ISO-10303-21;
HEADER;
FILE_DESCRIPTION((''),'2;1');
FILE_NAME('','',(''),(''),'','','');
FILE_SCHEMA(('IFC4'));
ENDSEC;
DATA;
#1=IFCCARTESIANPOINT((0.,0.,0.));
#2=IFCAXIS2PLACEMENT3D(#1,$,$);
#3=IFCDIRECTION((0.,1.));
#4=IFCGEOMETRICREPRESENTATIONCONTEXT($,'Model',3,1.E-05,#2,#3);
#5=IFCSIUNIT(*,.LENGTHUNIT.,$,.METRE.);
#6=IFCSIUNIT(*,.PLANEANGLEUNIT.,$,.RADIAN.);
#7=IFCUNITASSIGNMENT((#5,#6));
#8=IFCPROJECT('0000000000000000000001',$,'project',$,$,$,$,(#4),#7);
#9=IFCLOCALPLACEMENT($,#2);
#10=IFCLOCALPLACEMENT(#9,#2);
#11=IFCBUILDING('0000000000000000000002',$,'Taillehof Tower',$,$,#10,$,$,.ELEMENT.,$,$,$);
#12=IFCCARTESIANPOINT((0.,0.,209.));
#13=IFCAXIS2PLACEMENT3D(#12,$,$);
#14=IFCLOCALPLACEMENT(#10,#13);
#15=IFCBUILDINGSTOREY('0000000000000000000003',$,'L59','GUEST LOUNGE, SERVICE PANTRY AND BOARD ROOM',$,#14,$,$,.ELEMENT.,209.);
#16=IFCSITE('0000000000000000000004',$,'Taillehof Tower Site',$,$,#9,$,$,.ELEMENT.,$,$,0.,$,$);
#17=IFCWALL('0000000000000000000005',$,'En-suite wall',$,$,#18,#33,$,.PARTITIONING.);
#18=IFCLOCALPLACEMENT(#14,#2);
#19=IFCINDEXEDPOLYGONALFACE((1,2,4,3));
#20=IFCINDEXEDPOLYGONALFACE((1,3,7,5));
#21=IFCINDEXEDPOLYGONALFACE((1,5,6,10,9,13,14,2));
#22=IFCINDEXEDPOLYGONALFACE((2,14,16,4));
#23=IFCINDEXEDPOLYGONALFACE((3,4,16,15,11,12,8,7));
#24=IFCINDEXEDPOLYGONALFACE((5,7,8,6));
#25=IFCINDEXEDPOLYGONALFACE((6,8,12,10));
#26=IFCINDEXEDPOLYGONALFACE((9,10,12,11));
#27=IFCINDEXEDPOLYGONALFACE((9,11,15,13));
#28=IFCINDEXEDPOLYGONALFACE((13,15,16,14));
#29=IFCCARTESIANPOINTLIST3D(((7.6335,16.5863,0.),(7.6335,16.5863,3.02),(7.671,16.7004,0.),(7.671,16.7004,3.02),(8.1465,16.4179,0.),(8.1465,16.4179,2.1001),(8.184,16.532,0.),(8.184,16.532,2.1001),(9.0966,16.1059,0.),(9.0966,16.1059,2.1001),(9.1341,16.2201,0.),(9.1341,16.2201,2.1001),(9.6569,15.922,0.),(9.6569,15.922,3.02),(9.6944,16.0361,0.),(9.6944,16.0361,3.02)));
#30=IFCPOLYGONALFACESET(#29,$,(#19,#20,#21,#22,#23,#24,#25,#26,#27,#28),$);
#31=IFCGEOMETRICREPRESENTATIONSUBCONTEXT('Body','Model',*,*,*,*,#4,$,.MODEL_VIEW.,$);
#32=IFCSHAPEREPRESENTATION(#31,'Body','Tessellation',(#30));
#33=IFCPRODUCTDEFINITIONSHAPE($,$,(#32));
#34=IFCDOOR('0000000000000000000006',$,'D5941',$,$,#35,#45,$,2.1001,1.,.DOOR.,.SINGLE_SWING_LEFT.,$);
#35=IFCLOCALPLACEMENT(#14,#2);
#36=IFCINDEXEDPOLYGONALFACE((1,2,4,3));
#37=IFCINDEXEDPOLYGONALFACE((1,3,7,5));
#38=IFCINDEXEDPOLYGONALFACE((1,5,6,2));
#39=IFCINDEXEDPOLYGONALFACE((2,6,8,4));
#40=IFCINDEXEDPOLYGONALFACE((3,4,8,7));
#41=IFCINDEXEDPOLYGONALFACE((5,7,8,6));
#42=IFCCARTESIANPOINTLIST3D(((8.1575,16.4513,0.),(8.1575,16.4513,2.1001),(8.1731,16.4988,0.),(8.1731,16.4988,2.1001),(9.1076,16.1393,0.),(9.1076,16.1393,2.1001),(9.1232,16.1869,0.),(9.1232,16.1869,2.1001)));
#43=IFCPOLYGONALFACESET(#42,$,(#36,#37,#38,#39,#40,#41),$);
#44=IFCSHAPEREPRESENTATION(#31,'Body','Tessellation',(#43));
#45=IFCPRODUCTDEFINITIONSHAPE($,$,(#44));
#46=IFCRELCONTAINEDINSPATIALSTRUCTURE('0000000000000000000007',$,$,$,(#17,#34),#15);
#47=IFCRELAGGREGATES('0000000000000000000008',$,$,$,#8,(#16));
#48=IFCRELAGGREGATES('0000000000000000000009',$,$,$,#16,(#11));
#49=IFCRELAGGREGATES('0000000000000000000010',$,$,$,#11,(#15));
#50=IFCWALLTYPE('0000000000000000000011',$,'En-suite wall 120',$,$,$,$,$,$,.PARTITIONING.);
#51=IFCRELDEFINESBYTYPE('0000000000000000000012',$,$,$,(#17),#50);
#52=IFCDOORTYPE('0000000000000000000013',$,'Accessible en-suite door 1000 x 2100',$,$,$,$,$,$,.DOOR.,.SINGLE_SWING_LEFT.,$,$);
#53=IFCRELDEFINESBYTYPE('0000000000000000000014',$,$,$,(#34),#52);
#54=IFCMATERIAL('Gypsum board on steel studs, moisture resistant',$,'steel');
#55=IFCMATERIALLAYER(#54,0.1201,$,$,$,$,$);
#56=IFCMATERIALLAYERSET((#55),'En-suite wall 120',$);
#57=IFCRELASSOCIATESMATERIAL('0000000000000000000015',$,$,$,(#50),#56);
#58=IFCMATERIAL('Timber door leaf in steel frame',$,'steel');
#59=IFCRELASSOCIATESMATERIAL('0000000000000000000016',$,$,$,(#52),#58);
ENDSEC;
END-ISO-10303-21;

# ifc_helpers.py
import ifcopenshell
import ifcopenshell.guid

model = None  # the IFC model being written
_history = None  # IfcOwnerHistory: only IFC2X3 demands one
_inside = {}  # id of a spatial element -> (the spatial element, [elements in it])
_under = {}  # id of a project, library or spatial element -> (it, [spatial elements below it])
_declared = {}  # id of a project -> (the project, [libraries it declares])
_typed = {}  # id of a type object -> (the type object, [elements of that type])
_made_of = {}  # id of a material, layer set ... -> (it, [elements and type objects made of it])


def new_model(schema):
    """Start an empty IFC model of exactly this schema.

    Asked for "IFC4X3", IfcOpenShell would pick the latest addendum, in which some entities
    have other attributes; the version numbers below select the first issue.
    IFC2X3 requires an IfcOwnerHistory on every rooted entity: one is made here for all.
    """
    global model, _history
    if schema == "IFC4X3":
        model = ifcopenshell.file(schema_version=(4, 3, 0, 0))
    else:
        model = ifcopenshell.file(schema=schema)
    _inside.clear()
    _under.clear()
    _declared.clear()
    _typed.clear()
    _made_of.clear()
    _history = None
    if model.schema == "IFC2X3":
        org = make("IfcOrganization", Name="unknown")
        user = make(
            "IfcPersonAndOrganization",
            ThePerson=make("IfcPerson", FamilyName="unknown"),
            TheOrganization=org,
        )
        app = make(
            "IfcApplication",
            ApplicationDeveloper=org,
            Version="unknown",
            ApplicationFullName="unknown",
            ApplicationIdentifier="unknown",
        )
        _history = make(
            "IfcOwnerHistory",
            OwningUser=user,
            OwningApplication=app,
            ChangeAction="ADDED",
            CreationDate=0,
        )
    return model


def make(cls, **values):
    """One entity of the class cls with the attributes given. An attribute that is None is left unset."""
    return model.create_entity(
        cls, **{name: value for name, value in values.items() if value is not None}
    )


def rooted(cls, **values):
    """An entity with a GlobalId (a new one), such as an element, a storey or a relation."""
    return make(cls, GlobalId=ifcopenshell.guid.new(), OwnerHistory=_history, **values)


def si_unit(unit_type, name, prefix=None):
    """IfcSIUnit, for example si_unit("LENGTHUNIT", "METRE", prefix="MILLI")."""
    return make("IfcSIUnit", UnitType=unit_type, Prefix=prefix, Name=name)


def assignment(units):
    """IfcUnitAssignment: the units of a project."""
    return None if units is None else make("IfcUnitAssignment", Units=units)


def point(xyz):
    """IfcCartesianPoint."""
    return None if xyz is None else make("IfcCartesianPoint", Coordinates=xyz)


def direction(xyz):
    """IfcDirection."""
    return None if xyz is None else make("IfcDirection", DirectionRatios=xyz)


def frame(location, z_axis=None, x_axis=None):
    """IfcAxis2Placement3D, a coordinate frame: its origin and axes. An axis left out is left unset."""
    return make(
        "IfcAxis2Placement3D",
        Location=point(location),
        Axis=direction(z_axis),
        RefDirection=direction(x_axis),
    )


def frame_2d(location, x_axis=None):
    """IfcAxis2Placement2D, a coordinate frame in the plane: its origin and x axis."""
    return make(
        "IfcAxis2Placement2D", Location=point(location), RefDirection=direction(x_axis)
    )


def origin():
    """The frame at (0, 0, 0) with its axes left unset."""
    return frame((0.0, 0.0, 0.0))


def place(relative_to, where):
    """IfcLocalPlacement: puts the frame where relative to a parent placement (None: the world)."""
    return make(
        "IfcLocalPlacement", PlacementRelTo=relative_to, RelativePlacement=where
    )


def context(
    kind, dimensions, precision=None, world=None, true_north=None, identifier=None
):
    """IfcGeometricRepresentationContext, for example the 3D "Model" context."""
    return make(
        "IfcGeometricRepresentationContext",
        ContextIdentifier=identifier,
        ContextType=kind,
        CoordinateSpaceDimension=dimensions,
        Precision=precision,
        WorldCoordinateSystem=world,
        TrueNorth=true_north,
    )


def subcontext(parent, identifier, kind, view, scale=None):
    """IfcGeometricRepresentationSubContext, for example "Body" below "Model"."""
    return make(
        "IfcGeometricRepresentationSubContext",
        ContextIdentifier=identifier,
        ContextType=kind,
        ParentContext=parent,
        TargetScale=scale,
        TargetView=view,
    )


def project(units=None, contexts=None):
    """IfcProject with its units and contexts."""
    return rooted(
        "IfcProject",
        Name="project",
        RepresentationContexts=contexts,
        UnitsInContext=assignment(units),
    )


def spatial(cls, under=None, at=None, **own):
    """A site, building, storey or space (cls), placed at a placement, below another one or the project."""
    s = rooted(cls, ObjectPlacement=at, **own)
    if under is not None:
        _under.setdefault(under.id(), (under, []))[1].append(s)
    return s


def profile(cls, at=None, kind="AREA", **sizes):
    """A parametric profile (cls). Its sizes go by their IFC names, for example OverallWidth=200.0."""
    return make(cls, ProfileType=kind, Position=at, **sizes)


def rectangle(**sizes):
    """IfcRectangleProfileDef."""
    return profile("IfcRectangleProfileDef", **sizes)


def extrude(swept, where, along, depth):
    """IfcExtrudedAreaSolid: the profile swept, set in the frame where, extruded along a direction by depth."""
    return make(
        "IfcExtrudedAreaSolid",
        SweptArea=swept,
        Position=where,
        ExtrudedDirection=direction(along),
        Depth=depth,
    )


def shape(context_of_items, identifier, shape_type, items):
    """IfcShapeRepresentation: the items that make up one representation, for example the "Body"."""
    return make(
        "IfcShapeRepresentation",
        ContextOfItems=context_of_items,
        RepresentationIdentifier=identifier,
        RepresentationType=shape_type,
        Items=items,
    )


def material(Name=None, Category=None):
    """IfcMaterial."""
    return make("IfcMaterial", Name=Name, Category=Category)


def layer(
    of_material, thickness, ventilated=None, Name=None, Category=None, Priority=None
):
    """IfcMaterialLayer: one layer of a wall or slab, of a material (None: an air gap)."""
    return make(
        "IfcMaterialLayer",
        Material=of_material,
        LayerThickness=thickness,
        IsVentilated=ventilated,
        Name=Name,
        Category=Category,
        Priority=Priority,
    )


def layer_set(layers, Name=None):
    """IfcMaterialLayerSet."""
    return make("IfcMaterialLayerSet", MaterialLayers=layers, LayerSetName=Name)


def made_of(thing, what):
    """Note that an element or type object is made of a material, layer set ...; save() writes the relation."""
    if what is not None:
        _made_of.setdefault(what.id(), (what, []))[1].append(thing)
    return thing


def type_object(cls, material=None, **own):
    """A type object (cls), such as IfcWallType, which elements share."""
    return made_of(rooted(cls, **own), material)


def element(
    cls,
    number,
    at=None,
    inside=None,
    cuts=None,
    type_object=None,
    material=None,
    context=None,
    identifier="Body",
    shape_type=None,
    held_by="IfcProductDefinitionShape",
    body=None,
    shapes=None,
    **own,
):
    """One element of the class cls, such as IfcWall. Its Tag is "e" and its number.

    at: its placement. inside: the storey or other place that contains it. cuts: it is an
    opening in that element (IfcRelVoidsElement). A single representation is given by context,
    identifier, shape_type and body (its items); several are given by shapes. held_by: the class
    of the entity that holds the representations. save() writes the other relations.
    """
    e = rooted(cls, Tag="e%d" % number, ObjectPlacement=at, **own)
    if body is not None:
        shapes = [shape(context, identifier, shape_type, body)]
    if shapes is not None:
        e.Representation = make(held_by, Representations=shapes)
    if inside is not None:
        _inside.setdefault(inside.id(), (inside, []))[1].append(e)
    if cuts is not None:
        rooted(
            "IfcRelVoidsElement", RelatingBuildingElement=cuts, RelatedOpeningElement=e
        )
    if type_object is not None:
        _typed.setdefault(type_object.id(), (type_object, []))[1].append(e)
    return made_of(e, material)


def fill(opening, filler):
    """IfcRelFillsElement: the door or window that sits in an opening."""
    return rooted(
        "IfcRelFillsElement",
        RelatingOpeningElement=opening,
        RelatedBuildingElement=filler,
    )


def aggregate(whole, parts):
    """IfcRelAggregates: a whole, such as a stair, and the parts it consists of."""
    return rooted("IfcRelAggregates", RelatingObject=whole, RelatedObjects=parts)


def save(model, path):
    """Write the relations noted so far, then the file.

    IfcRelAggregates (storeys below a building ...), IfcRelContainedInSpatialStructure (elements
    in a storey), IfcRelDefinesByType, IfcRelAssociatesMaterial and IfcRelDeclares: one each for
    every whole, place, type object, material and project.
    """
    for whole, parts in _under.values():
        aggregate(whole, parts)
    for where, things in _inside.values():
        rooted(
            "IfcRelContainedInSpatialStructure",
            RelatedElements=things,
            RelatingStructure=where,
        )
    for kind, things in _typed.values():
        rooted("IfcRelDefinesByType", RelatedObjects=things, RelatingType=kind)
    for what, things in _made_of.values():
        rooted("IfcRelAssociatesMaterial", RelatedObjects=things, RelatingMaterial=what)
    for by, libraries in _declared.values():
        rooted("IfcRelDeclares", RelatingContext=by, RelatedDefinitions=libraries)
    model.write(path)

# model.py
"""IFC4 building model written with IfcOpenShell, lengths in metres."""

from ifc_helpers import new_model, si_unit, direction, frame, frame_2d, origin, place, context, subcontext, project, spatial, rectangle, extrude, material, layer, layer_set, type_object, element, fill, save


model = new_model("IFC4")

# Units and contexts
model_context = context("Model", 3, precision=1e-05, world=origin(), true_north=direction((0.0, 1.0)))
body_context = subcontext(model_context, "Body", "Model", "MODEL_VIEW")
ifc_project = project(units=[si_unit("LENGTHUNIT", "METRE"), si_unit("PLANEANGLEUNIT", "RADIAN")], contexts=[model_context])

# Site, building, storey
site_placement = place(None, origin())
site = spatial("IfcSite", under=ifc_project, at=site_placement, Name="Taillehof Tower Site", CompositionType="ELEMENT", RefElevation=0.0)
building_placement = place(site_placement, origin())
building = spatial("IfcBuilding", under=site, at=building_placement, Name="Taillehof Tower", CompositionType="ELEMENT")
storey_placement = place(building_placement, frame((0.0, 0.0, 209.0)))
storey = spatial("IfcBuildingStorey", under=building, at=storey_placement, Name="L59", Description="GUEST LOUNGE, SERVICE PANTRY AND BOARD ROOM", CompositionType="ELEMENT", Elevation=209.0)

# Wall, opening, door
ifc_material_1 = material(Name="Gypsum board on steel studs, moisture resistant", Category="steel")
ifc_layer_1 = layer(ifc_material_1, 0.1201)
ifc_layer_set_1 = layer_set([ifc_layer_1], Name="En-suite wall 120")
wall_type_1 = type_object("IfcWallType", Name="En-suite wall 120", PredefinedType="PARTITIONING", material=ifc_layer_set_1)
wall_1_placement = place(storey_placement, frame((9.6758, 15.979, 0.0), z_axis=(0.0, 0.0, 1.0), x_axis=(-0.950107, 0.311926, 0.0)))
wall_1 = element("IfcWall", 1, at=wall_1_placement, inside=storey, type_object=wall_type_1, Name="En-suite wall", PredefinedType="PARTITIONING", context=body_context, shape_type="SweptSolid", body=[
    extrude(rectangle(XDim=2.1296, YDim=0.1201, at=frame_2d((1.0649, 0.0))), origin(), (0.0, 0.0, 1.0), 3.02),
])
opening_1_placement = place(wall_1_placement, frame((0.5898, 0.0, 0.0)))
opening_1 = element("IfcOpeningElement", 2, at=opening_1_placement, cuts=wall_1, PredefinedType="OPENING", context=body_context, shape_type="SweptSolid", body=[
    extrude(rectangle(XDim=1.0, YDim=2.1001, at=frame_2d((0.5, 1.05))), frame((0.0, 0.0701, 0.0), z_axis=(0.0, -1.0, 0.0), x_axis=(1.0, 0.0, 0.0)), (0.0, 0.0, 1.0), 0.1401),
])
ifc_material_2 = material(Name="Timber door leaf in steel frame", Category="steel")
door_type_1 = type_object("IfcDoorType", Name="Accessible en-suite door 1000 x 2100", OperationType="SINGLE_SWING_LEFT", PredefinedType="DOOR", material=ifc_material_2)
door_1_placement = place(opening_1_placement, origin())
door_1 = element("IfcDoor", 3, at=door_1_placement, inside=storey, type_object=door_type_1, Name="D5941", OperationType="SINGLE_SWING_LEFT", OverallHeight=2.1001, OverallWidth=1.0, PredefinedType="DOOR", context=body_context, shape_type="SweptSolid", body=[
    extrude(rectangle(XDim=1.0, YDim=2.1001, at=frame_2d((0.5, 1.05))), frame((0.0, 0.0249, 0.0), z_axis=(0.0, -1.0, 0.0), x_axis=(1.0, 0.0, 0.0)), (0.0, 0.0, 1.0), 0.05),
])
fill(opening_1, door_1)

save(model, "model.ifc")
